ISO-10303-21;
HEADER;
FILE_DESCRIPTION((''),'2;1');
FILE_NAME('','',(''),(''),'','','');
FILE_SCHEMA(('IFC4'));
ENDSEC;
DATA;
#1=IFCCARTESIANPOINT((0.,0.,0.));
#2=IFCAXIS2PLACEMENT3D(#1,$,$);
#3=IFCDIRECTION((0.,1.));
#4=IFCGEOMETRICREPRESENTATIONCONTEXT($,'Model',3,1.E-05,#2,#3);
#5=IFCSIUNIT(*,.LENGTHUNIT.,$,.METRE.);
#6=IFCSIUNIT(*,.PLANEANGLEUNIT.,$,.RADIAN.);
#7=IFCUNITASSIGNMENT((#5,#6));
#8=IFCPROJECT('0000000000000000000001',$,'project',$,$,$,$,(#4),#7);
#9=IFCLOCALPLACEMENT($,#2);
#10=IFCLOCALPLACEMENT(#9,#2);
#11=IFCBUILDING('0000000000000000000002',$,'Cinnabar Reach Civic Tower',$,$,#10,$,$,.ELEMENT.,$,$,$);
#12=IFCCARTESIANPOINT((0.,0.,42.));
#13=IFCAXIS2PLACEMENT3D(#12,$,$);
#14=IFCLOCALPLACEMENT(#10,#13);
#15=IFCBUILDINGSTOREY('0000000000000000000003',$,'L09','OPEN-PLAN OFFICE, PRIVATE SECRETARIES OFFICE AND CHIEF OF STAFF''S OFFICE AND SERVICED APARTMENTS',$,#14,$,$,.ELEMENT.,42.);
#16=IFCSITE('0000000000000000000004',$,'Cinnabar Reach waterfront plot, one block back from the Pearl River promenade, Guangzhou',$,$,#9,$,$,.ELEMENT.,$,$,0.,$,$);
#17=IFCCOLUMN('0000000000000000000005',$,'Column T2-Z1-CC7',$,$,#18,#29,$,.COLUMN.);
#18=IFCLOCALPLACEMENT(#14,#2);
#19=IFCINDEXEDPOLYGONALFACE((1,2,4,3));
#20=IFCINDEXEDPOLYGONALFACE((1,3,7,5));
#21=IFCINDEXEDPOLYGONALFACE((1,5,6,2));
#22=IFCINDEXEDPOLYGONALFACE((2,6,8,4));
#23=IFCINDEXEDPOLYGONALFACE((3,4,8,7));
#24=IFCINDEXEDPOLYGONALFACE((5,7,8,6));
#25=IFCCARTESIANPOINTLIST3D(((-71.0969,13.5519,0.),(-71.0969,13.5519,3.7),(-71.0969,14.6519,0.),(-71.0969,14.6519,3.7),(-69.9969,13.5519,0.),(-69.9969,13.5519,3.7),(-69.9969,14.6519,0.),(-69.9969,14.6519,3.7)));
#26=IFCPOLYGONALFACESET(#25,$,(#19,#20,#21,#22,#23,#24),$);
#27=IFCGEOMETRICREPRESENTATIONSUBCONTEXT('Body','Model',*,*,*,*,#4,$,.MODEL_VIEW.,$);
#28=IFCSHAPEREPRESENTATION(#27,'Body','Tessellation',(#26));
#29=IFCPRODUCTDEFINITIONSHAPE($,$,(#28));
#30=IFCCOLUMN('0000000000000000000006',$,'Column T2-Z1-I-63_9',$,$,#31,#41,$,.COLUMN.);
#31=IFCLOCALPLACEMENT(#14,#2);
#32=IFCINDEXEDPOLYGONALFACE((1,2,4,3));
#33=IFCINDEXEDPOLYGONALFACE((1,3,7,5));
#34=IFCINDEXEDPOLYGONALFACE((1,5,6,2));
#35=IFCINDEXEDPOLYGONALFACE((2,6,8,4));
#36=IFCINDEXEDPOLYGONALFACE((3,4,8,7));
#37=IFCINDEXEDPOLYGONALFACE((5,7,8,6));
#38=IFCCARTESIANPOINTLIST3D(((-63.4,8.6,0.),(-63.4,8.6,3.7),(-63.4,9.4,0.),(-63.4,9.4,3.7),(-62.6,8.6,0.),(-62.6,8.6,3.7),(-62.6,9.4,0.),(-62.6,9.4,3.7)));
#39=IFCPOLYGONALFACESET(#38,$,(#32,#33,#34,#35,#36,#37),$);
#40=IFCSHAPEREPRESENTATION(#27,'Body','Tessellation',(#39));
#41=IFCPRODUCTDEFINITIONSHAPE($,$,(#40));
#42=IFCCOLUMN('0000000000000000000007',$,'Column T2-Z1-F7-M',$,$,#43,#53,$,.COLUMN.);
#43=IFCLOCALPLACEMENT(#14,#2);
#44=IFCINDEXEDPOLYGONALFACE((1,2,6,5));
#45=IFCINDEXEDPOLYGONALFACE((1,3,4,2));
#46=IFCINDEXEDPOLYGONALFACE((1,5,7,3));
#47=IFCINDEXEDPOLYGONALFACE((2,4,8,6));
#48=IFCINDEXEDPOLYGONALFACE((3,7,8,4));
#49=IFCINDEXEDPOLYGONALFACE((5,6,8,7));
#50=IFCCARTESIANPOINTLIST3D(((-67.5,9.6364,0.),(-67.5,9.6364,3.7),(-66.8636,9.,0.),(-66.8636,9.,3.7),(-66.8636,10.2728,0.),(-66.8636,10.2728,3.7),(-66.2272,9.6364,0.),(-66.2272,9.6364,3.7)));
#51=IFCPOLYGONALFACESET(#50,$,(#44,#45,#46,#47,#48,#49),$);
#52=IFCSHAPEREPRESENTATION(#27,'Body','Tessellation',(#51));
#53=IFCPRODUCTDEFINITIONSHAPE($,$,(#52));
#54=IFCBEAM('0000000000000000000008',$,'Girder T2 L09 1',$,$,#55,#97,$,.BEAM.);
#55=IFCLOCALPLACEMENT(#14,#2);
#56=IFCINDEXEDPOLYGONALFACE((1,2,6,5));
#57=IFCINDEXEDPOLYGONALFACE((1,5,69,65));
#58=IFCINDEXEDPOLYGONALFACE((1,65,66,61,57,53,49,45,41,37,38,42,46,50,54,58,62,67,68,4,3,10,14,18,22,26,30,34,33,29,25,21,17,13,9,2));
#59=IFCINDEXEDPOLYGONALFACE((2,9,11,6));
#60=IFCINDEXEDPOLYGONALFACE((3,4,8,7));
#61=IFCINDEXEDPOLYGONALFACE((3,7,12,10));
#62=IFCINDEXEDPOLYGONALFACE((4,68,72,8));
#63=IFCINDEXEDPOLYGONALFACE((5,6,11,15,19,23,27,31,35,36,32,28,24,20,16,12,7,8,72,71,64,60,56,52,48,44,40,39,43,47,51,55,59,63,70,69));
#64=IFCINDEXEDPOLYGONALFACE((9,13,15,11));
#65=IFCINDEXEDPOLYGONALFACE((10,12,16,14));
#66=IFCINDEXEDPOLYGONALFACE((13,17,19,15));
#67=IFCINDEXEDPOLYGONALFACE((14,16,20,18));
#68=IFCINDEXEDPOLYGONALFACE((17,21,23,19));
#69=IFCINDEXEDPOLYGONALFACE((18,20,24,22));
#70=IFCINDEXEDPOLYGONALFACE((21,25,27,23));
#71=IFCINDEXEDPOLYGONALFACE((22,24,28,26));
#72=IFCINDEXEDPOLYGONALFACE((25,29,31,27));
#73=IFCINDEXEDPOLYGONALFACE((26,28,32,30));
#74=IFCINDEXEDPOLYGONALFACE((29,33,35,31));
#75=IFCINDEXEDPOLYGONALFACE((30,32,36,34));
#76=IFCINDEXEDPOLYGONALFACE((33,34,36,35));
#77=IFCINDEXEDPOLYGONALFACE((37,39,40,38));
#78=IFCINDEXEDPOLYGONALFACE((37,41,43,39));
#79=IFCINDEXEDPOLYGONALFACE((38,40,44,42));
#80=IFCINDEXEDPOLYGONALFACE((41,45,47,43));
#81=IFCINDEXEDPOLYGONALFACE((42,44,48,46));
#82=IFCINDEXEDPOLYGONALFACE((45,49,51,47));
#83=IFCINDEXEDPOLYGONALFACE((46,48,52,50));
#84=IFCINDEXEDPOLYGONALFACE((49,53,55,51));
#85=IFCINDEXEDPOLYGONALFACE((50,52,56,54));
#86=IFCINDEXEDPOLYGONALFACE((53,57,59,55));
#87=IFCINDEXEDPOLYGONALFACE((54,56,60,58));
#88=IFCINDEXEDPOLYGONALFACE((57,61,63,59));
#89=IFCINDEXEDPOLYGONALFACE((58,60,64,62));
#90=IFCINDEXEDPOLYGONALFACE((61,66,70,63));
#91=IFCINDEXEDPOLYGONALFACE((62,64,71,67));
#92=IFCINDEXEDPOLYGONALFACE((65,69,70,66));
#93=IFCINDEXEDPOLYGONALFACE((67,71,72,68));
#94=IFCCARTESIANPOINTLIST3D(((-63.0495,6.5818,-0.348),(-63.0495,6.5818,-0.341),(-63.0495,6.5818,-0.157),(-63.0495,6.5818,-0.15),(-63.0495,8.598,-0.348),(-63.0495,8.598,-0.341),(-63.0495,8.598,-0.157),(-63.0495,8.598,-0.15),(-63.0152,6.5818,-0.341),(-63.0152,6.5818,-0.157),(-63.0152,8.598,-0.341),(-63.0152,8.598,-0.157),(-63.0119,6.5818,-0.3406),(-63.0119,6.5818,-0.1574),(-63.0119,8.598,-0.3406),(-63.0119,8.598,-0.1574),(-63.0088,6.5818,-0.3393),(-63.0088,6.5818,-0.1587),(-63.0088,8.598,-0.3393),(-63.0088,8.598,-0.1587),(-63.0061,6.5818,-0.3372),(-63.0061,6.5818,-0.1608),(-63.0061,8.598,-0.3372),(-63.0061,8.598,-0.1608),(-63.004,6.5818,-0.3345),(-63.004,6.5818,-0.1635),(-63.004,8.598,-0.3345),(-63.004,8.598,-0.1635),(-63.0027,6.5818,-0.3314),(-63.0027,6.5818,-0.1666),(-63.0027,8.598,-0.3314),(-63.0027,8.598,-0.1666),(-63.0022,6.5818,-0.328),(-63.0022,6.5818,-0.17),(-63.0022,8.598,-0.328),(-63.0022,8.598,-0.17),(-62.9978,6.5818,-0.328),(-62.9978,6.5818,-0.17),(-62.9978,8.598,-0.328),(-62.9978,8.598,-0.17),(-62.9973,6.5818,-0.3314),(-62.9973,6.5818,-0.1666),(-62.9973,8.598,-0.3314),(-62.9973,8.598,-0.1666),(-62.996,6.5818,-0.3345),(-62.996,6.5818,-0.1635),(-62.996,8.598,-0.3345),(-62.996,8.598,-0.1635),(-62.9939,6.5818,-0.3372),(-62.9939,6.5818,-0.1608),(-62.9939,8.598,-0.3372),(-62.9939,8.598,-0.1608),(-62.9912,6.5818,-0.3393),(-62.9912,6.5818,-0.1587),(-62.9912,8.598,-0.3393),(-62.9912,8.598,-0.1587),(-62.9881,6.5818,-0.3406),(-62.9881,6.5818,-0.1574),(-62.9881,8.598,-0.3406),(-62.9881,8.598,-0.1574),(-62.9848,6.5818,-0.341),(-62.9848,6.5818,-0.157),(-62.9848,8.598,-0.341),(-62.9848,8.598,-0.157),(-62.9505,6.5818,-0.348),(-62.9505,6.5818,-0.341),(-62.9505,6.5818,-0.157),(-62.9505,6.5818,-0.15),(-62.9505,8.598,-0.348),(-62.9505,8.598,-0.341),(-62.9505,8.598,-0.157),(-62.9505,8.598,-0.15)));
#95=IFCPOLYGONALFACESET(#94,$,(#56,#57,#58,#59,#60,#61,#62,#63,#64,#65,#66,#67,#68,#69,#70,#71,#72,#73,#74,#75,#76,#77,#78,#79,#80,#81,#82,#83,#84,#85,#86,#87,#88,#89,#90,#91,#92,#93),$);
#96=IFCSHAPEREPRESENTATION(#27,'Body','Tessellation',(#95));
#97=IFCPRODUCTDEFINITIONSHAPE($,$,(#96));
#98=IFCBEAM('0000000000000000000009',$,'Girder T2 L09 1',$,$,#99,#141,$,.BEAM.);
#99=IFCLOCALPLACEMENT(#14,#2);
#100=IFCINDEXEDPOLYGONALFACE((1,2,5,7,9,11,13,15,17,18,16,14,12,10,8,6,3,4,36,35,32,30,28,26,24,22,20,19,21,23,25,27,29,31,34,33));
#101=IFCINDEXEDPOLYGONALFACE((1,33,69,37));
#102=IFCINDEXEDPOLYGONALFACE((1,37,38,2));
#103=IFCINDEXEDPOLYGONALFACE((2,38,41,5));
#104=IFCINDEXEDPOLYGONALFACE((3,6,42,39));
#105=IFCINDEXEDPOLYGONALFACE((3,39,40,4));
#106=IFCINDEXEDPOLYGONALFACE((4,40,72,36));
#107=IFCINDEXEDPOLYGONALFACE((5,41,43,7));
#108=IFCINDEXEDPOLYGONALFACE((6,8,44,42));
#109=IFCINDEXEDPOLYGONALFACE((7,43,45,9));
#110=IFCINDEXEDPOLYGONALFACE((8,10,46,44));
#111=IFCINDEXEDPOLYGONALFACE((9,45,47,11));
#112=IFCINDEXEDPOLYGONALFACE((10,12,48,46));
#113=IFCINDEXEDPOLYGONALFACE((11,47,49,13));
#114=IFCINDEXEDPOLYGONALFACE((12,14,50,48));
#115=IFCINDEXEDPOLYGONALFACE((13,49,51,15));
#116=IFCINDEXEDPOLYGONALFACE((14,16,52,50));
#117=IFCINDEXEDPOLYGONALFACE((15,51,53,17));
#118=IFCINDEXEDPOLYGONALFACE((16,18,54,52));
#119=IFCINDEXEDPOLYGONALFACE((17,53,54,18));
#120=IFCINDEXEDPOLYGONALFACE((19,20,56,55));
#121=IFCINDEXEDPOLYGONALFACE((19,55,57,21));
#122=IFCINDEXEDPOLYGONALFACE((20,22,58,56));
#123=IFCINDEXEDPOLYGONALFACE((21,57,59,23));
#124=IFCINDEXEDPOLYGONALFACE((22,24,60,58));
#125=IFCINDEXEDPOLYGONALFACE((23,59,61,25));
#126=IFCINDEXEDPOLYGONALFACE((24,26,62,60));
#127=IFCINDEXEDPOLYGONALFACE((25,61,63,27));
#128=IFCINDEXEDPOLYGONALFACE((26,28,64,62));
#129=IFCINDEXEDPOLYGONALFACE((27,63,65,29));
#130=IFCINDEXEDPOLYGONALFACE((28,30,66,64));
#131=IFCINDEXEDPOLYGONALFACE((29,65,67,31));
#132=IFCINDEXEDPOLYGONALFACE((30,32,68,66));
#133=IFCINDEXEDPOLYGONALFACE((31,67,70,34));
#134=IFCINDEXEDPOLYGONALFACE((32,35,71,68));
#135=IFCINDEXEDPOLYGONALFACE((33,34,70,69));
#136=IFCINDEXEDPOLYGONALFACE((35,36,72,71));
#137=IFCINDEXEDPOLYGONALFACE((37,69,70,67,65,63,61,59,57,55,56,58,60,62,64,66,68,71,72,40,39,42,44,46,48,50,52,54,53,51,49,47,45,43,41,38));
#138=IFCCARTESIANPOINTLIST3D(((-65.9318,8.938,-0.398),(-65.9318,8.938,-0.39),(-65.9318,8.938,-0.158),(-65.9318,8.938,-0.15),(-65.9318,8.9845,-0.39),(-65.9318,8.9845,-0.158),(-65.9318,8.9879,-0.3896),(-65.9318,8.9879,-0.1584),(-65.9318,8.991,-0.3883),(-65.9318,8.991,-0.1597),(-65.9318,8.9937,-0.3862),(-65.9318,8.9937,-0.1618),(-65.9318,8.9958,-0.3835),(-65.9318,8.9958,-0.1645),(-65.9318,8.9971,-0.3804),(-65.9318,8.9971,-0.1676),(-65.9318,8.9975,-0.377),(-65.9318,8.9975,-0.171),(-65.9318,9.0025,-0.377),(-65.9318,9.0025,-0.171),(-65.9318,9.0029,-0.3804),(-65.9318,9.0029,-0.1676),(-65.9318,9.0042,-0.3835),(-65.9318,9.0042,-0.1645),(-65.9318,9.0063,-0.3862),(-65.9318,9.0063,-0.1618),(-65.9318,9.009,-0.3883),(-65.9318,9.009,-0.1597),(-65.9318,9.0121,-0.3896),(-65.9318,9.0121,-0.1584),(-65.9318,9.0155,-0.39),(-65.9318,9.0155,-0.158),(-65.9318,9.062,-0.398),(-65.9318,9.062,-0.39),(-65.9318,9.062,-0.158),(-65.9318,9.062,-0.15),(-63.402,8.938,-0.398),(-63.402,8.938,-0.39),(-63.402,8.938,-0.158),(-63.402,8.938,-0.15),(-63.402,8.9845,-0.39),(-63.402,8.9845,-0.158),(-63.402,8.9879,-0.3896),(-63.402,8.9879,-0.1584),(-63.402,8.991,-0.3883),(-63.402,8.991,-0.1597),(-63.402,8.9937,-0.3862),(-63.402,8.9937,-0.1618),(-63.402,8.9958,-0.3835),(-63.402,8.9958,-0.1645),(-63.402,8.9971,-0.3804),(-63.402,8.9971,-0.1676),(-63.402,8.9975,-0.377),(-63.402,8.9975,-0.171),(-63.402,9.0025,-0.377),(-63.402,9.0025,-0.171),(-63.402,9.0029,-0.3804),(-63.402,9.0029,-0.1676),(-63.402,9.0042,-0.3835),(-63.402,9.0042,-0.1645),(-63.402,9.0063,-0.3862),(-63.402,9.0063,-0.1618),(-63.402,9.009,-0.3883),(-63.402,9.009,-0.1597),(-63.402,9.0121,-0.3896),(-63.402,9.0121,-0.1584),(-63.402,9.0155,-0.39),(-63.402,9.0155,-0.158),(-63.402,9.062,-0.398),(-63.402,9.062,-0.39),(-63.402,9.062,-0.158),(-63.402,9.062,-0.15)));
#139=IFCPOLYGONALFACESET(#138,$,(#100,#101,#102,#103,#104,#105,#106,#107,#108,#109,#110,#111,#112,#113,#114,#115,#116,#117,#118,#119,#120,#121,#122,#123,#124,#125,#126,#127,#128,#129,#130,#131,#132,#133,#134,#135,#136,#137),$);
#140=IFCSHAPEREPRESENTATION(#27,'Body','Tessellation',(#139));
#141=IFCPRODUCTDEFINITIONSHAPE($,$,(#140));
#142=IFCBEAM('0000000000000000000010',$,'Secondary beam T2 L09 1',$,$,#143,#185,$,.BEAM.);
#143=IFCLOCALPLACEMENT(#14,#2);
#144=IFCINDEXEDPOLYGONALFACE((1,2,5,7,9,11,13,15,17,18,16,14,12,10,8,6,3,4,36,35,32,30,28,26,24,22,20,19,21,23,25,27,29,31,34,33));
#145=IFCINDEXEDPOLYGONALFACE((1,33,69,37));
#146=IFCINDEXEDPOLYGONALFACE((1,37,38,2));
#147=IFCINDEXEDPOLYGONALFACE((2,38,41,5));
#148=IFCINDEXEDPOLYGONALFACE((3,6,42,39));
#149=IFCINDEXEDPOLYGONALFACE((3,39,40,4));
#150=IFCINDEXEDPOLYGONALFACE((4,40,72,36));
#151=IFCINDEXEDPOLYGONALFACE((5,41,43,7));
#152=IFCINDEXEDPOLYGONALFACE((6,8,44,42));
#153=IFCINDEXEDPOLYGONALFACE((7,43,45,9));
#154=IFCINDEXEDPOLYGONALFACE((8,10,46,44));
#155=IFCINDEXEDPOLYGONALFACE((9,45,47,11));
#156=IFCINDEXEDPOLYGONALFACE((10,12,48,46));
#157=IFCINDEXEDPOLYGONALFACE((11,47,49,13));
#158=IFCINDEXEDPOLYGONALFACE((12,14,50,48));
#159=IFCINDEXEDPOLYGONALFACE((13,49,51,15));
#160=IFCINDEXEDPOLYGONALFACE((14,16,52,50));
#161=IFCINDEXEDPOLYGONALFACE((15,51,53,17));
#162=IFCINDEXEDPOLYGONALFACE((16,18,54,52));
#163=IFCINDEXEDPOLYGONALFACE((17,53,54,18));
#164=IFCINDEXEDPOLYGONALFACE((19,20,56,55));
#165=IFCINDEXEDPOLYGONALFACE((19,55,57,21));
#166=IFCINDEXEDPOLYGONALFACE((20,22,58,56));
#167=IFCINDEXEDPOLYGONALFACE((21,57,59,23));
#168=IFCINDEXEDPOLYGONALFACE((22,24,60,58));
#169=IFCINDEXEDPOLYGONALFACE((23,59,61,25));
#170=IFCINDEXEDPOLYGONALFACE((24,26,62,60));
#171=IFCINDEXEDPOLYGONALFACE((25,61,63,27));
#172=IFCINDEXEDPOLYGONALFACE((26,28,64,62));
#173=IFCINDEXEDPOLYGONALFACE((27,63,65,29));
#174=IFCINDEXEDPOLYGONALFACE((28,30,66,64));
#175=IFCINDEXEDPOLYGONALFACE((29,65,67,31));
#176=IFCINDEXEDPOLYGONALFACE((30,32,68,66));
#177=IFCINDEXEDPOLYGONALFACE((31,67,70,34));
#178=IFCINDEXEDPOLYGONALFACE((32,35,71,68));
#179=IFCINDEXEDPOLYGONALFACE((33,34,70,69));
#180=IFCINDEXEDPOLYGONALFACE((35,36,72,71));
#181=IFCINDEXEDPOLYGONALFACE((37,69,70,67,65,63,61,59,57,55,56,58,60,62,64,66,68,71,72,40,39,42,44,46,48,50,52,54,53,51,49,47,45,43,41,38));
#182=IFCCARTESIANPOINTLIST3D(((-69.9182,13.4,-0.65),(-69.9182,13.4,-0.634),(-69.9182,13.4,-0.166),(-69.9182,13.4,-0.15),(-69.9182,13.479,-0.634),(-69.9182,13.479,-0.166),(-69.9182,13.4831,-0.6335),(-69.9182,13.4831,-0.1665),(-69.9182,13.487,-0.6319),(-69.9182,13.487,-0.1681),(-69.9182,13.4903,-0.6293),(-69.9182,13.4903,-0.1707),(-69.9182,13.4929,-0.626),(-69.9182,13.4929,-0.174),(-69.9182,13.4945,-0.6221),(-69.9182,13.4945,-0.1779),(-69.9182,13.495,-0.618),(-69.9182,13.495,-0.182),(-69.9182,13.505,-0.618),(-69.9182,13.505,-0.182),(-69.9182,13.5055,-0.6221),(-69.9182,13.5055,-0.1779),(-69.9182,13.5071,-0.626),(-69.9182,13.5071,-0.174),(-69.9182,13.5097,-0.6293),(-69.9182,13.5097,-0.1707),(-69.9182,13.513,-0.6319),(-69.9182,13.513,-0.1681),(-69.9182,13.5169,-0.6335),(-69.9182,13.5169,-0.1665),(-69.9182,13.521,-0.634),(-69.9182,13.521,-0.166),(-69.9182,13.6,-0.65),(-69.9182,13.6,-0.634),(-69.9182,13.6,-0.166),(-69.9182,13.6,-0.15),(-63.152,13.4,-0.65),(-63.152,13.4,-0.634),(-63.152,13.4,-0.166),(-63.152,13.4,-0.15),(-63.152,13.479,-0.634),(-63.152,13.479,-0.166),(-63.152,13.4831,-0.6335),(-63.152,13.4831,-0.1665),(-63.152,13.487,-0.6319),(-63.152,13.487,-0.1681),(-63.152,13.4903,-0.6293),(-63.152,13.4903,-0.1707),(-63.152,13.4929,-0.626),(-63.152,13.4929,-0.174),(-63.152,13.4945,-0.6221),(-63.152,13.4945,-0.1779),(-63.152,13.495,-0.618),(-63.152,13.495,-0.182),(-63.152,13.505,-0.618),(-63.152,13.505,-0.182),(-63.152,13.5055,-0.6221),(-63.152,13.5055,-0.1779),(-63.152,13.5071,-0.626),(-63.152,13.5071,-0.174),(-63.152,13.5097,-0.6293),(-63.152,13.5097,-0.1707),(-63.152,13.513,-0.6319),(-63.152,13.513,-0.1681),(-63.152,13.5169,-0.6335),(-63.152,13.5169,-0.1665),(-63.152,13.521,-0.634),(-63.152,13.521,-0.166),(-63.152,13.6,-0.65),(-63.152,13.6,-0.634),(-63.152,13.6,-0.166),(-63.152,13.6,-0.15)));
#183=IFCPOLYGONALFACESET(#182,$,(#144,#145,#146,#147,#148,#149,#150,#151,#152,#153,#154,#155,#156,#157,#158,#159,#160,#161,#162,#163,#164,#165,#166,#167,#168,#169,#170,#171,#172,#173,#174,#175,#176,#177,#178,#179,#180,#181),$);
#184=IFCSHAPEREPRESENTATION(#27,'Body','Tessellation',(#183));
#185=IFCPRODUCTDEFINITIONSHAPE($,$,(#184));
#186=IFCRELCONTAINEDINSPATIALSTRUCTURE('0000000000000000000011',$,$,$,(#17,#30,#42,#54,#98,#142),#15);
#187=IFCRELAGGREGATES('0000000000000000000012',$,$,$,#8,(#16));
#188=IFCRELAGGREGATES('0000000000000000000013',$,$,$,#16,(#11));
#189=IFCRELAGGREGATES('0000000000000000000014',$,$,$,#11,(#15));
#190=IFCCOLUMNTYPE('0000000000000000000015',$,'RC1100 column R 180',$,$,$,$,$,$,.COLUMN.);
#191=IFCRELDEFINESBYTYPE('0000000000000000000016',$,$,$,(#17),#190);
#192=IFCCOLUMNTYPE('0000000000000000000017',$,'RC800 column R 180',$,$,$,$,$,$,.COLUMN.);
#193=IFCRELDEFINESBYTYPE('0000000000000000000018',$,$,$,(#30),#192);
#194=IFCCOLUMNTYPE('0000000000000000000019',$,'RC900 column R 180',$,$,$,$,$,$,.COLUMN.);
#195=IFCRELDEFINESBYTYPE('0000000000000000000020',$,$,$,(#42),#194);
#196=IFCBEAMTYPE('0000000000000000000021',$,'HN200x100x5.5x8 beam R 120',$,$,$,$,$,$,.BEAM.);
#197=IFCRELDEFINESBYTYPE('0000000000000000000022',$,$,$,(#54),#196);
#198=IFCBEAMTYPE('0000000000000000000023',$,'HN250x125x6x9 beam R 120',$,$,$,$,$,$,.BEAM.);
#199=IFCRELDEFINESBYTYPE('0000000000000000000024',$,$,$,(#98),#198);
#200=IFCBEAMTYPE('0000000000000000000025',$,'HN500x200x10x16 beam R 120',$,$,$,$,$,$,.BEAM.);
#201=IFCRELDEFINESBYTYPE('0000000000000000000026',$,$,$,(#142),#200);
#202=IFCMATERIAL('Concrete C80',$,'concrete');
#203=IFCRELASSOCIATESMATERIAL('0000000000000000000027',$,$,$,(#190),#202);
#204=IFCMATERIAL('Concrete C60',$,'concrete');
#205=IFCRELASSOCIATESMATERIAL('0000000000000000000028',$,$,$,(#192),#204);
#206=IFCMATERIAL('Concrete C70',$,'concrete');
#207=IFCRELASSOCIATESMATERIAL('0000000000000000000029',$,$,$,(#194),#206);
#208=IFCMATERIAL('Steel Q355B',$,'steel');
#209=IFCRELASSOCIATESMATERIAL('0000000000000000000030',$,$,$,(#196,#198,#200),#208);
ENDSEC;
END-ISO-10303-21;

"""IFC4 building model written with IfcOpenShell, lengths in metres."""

from ifc_helpers import new_model, si_unit, direction, frame, origin, origin_2d, place, context, subcontext, project, spatial, rectangle, i_section, extrude, material, material_profile, profile_set, type_object, element, save


model = new_model("IFC4")

# Units and contexts
model_context = context("Model", 3, precision=1e-05, world=origin(), true_north=direction((0.0, 1.0)))
body_context = subcontext(model_context, "Body", "Model", "MODEL_VIEW")
ifc_project = project(units=[si_unit("LENGTHUNIT", "METRE"), si_unit("PLANEANGLEUNIT", "RADIAN")], contexts=[model_context])

# Site, building, storey
site_placement = place(None, origin())
site = spatial("IfcSite", under=ifc_project, at=site_placement, Name="Cinnabar Reach waterfront plot, one block back from the Pearl River promenade, Guangzhou", CompositionType="ELEMENT", RefElevation=0.0)
building_placement = place(site_placement, origin())
building = spatial("IfcBuilding", under=site, at=building_placement, Name="Cinnabar Reach Civic Tower", CompositionType="ELEMENT")
storey_placement = place(building_placement, frame((0.0, 0.0, 42.0)))
storey = spatial("IfcBuildingStorey", under=building, at=storey_placement, Name="L09", Description="OPEN-PLAN OFFICE, PRIVATE SECRETARIES OFFICE AND CHIEF OF STAFF'S OFFICE AND SERVICED APARTMENTS", CompositionType="ELEMENT", Elevation=42.0)

# Columns
ifc_material_1 = material(Name="Concrete C80", Category="concrete")
ifc_material_profile_1 = material_profile(ifc_material_1, rectangle(XDim=1.1, YDim=1.1, at=origin_2d()), Name="RC1100")
ifc_profile_set_1 = profile_set([ifc_material_profile_1], Name="Concrete C80")
column_type_1 = type_object("IfcColumnType", Name="RC1100 column R 180", PredefinedType="COLUMN", material=ifc_profile_set_1)
column_1_placement = place(storey_placement, frame((-70.5469, 14.1019, 0.0), z_axis=(0.0, 0.0, 1.0), x_axis=(1.0, 0.0, 0.0)))
element("IfcColumn", 1, at=column_1_placement, inside=storey, type_object=column_type_1, Name="Column T2-Z1-CC7", PredefinedType="COLUMN", context=body_context, shape_type="SweptSolid", body=[
    extrude(rectangle(XDim=1.1, YDim=1.1, at=origin_2d()), origin(), (0.0, 0.0, 1.0), 3.7),
])
ifc_material_2 = material(Name="Concrete C60", Category="concrete")
ifc_material_profile_2 = material_profile(ifc_material_2, rectangle(XDim=0.8, YDim=0.8, at=origin_2d()), Name="RC800")
ifc_profile_set_2 = profile_set([ifc_material_profile_2], Name="Concrete C60")
column_type_2 = type_object("IfcColumnType", Name="RC800 column R 180", PredefinedType="COLUMN", material=ifc_profile_set_2)
column_2_placement = place(storey_placement, frame((-63.0, 9.0, 0.0), z_axis=(0.0, 0.0, 1.0), x_axis=(1.0, 0.0, 0.0)))
element("IfcColumn", 2, at=column_2_placement, inside=storey, type_object=column_type_2, Name="Column T2-Z1-I-63_9", PredefinedType="COLUMN", context=body_context, shape_type="SweptSolid", body=[
    extrude(rectangle(XDim=0.8, YDim=0.8, at=origin_2d()), origin(), (0.0, 0.0, 1.0), 3.7),
])
ifc_material_3 = material(Name="Concrete C70", Category="concrete")
ifc_material_profile_3 = material_profile(ifc_material_3, rectangle(XDim=0.9, YDim=0.9, at=origin_2d()), Name="RC900")
ifc_profile_set_3 = profile_set([ifc_material_profile_3], Name="Concrete C70")
column_type_3 = type_object("IfcColumnType", Name="RC900 column R 180", PredefinedType="COLUMN", material=ifc_profile_set_3)
column_3_placement = place(storey_placement, frame((-66.8636, 9.6364, 0.0), z_axis=(0.0, 0.0, 1.0), x_axis=(0.707107, 0.707107, 0.0)))
element("IfcColumn", 3, at=column_3_placement, inside=storey, type_object=column_type_3, Name="Column T2-Z1-F7-M", PredefinedType="COLUMN", context=body_context, shape_type="SweptSolid", body=[
    extrude(rectangle(XDim=0.9, YDim=0.9, at=origin_2d()), origin(), (0.0, 0.0, 1.0), 3.7),
])

# Beams
ifc_material_4 = material(Name="Steel Q355B", Category="steel")
ifc_material_profile_4 = material_profile(ifc_material_4, i_section(OverallWidth=0.099, OverallDepth=0.198, WebThickness=0.0045, FlangeThickness=0.007, FilletRadius=0.013, at=origin_2d()), Name="HN200x100x5.5x8")
ifc_profile_set_4 = profile_set([ifc_material_profile_4], Name="Steel Q355B")
beam_type_1 = type_object("IfcBeamType", Name="HN200x100x5.5x8 beam R 120", PredefinedType="BEAM", material=ifc_profile_set_4)
beam_1_placement = place(storey_placement, frame((-63.0, 6.5818, -0.249), z_axis=(0.0, 1.0, 0.0), x_axis=(-1.0, 0.0, 0.0)))
element("IfcBeam", 4, at=beam_1_placement, inside=storey, type_object=beam_type_1, Name="Girder T2 L09 1", PredefinedType="BEAM", context=body_context, shape_type="SweptSolid", body=[
    extrude(i_section(OverallWidth=0.099, OverallDepth=0.198, WebThickness=0.0045, FlangeThickness=0.007, FilletRadius=0.013, at=origin_2d()), origin(), (0.0, 0.0, 1.0), 2.0162),
])
ifc_material_profile_5 = material_profile(ifc_material_4, i_section(OverallWidth=0.124, OverallDepth=0.248, WebThickness=0.005, FlangeThickness=0.008, FilletRadius=0.013, at=origin_2d()), Name="HN250x125x6x9")
ifc_profile_set_5 = profile_set([ifc_material_profile_5], Name="Steel Q355B")
beam_type_2 = type_object("IfcBeamType", Name="HN250x125x6x9 beam R 120", PredefinedType="BEAM", material=ifc_profile_set_5)
beam_2_placement = place(storey_placement, frame((-65.9318, 9.0, -0.274), z_axis=(1.0, 0.0, 0.0), x_axis=(0.0, 1.0, 0.0)))
element("IfcBeam", 5, at=beam_2_placement, inside=storey, type_object=beam_type_2, Name="Girder T2 L09 1", PredefinedType="BEAM", context=body_context, shape_type="SweptSolid", body=[
    extrude(i_section(OverallWidth=0.124, OverallDepth=0.248, WebThickness=0.005, FlangeThickness=0.008, FilletRadius=0.013, at=origin_2d()), origin(), (0.0, 0.0, 1.0), 2.5298),
])
ifc_material_profile_6 = material_profile(ifc_material_4, i_section(OverallWidth=0.2, OverallDepth=0.5, WebThickness=0.01, FlangeThickness=0.016, FilletRadius=0.016, at=origin_2d()), Name="HN500x200x10x16")
ifc_profile_set_6 = profile_set([ifc_material_profile_6], Name="Steel Q355B")
beam_type_3 = type_object("IfcBeamType", Name="HN500x200x10x16 beam R 120", PredefinedType="BEAM", material=ifc_profile_set_6)
beam_3_placement = place(storey_placement, frame((-69.9182, 13.5, -0.4), z_axis=(1.0, 0.0, 0.0), x_axis=(0.0, 1.0, 0.0)))
element("IfcBeam", 6, at=beam_3_placement, inside=storey, type_object=beam_type_3, Name="Secondary beam T2 L09 1", PredefinedType="BEAM", context=body_context, shape_type="SweptSolid", body=[
    extrude(i_section(OverallWidth=0.2, OverallDepth=0.5, WebThickness=0.01, FlangeThickness=0.016, FilletRadius=0.016, at=origin_2d()), origin(), (0.0, 0.0, 1.0), 6.7662),
])

save(model, "model.ifc")
